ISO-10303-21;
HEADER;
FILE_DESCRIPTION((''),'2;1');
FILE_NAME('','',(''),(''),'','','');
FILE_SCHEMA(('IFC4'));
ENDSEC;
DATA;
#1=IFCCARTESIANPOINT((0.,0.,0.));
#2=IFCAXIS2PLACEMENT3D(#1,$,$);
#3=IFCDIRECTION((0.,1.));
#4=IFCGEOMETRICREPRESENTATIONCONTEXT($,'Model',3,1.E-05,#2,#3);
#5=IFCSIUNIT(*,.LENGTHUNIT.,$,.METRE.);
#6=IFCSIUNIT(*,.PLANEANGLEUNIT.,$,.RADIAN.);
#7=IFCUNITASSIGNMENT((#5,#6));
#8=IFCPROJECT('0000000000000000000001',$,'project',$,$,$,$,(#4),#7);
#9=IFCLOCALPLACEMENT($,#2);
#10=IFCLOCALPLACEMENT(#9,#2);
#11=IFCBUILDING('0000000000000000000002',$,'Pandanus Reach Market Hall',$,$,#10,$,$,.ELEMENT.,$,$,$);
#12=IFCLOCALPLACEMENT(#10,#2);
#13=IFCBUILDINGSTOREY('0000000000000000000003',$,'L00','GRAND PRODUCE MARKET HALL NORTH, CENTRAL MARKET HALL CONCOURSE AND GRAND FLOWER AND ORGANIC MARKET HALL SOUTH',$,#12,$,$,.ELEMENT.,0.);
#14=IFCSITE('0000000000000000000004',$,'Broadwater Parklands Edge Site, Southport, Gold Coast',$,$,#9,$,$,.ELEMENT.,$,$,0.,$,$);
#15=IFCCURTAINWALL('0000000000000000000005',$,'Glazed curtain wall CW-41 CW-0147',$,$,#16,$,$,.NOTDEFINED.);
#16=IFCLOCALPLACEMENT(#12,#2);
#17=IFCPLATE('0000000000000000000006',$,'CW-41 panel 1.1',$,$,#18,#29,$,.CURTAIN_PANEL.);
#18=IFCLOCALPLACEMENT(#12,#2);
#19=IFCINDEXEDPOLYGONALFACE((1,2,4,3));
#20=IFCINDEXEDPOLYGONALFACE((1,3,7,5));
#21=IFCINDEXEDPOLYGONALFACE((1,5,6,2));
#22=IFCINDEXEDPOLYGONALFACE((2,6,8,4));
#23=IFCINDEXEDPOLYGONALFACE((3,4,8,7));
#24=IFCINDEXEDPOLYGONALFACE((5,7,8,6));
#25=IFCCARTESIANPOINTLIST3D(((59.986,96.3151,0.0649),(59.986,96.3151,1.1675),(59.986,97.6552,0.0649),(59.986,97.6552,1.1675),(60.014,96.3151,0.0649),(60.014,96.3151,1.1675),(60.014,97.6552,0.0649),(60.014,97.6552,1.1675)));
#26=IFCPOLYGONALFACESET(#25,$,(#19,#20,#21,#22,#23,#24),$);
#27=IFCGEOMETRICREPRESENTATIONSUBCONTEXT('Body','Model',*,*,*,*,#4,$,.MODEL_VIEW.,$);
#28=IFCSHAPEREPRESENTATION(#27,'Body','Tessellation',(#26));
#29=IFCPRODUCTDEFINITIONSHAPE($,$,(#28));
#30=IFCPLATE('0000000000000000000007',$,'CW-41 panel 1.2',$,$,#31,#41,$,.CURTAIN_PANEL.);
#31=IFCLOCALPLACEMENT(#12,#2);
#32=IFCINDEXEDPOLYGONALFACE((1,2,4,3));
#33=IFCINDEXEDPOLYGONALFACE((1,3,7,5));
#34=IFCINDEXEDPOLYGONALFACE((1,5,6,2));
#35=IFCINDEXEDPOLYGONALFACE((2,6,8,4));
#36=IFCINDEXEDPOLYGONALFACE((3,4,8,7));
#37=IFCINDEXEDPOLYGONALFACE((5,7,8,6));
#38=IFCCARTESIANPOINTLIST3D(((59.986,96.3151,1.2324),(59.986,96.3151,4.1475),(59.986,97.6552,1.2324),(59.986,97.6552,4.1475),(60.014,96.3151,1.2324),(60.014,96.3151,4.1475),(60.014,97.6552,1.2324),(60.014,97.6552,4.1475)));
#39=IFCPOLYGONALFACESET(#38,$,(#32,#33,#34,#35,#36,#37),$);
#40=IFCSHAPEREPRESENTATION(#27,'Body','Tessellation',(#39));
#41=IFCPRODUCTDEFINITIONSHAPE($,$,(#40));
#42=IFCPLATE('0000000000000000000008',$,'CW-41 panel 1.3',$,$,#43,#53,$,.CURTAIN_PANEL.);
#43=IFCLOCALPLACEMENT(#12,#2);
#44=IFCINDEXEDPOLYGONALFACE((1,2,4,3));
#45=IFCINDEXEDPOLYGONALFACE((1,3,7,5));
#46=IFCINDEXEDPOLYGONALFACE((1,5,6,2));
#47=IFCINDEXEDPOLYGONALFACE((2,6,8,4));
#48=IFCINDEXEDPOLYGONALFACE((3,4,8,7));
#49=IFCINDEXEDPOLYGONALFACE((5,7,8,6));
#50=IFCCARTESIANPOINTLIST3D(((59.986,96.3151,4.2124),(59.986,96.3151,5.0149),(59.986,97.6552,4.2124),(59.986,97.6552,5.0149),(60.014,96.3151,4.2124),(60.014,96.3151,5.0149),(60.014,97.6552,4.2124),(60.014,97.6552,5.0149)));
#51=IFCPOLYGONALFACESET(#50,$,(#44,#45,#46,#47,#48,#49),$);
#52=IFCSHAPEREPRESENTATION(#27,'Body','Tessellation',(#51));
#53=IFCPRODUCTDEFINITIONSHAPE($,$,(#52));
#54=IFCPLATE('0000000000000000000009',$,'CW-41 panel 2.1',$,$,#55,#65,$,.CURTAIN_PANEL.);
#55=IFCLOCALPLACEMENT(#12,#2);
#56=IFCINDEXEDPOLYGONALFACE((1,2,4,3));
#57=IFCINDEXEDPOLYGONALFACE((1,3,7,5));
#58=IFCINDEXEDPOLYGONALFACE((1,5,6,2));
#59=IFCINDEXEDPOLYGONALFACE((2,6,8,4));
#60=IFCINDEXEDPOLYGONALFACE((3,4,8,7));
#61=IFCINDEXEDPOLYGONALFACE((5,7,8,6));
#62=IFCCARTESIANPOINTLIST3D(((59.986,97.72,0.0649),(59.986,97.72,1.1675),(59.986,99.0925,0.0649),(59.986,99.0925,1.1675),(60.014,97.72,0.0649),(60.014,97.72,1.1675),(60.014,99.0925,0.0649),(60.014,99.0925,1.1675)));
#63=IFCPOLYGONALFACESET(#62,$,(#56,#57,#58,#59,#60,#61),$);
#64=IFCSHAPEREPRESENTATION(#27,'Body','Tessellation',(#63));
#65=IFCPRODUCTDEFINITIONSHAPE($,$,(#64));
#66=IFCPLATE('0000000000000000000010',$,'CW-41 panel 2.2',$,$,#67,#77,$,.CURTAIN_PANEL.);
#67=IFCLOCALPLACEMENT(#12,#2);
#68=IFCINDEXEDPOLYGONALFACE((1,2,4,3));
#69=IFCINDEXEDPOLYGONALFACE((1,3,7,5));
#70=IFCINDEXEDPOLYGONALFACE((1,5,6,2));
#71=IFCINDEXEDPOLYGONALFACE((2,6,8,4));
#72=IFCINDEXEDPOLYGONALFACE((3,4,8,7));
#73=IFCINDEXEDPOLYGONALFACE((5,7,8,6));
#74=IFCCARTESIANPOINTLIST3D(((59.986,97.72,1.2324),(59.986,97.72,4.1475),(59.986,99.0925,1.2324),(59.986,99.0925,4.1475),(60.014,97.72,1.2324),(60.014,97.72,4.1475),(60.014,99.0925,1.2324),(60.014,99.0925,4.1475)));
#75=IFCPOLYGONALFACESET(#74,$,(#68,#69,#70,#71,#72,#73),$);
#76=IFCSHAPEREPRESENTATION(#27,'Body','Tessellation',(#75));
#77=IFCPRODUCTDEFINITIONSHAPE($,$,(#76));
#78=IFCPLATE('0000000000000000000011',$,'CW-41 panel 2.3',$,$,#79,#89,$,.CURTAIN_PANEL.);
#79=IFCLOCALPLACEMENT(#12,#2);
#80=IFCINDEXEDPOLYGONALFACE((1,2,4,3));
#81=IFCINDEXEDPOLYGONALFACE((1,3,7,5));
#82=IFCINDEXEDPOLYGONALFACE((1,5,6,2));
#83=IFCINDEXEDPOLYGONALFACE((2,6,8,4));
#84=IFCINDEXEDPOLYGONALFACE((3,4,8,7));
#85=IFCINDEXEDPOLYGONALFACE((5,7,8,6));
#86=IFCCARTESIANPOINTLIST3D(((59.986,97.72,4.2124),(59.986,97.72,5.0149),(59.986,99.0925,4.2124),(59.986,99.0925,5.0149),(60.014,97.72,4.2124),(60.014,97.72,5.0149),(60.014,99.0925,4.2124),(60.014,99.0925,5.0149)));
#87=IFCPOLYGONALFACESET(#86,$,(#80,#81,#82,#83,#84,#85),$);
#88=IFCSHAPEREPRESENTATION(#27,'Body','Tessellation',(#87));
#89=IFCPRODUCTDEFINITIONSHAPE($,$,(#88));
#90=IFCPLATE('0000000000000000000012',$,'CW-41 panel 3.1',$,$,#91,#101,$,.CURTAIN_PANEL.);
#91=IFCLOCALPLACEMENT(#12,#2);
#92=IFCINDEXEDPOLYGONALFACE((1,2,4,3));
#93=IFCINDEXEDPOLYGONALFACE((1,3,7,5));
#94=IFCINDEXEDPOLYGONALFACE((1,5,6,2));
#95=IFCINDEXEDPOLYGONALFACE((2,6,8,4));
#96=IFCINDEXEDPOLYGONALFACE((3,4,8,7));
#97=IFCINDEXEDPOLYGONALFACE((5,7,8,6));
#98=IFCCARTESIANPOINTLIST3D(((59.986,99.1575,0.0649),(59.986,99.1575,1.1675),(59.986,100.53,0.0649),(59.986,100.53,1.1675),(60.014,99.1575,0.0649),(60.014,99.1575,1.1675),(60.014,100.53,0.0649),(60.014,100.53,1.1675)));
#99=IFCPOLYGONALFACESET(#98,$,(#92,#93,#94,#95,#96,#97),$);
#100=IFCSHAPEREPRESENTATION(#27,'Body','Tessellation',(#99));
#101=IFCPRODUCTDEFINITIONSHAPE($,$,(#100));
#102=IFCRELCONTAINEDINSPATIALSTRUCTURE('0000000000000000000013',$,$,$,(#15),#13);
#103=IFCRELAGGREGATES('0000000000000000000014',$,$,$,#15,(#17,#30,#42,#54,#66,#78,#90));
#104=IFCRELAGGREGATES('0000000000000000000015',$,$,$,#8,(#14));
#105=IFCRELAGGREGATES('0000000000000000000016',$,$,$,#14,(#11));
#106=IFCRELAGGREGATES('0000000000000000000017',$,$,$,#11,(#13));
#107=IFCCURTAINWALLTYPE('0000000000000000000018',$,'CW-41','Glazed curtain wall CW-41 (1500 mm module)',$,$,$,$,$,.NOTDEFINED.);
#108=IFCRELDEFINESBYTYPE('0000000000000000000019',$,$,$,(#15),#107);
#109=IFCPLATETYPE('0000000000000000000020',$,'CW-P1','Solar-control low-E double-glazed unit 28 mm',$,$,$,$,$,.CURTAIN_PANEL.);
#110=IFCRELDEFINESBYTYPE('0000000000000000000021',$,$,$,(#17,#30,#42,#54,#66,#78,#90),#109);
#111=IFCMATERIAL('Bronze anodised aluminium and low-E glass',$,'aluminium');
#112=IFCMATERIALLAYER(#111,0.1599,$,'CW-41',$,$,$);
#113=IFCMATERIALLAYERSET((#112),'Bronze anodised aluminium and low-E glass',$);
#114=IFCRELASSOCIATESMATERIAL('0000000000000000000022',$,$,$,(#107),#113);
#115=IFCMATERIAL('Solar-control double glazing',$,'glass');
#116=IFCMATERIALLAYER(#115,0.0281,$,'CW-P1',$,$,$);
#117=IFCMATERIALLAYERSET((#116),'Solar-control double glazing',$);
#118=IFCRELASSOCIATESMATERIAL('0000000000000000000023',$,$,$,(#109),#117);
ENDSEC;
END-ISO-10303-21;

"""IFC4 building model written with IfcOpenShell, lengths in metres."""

from ifc_helpers import new_model, si_unit, direction, frame, origin, origin_2d, place, context, subcontext, project, spatial, rectangle, extrude, material, layer, layer_set, type_object, element, aggregate, save


model = new_model("IFC4")

# Units and contexts
model_context = context("Model", 3, precision=1e-05, world=origin(), true_north=direction((0.0, 1.0)))
body_context = subcontext(model_context, "Body", "Model", "MODEL_VIEW")
ifc_project = project(units=[si_unit("LENGTHUNIT", "METRE"), si_unit("PLANEANGLEUNIT", "RADIAN")], contexts=[model_context])

# Site, building, storey
site_placement = place(None, origin())
site = spatial("IfcSite", under=ifc_project, at=site_placement, Name="Broadwater Parklands Edge Site, Southport, Gold Coast", CompositionType="ELEMENT", RefElevation=0.0)
building_placement = place(site_placement, origin())
building = spatial("IfcBuilding", under=site, at=building_placement, Name="Pandanus Reach Market Hall", CompositionType="ELEMENT")
storey_placement = place(building_placement, origin())
storey = spatial("IfcBuildingStorey", under=building, at=storey_placement, Name="L00", Description="GRAND PRODUCE MARKET HALL NORTH, CENTRAL MARKET HALL CONCOURSE AND GRAND FLOWER AND ORGANIC MARKET HALL SOUTH", CompositionType="ELEMENT", Elevation=0.0)

# Curtain wall, plates
ifc_material_1 = material(Name="Bronze anodised aluminium and low-E glass", Category="aluminium")
ifc_layer_1 = layer(ifc_material_1, 0.1599, Name="CW-41")
ifc_layer_set_1 = layer_set([ifc_layer_1], Name="Bronze anodised aluminium and low-E glass")
curtain_wall_type = type_object("IfcCurtainWallType", Name="CW-41", Description="Glazed curtain wall CW-41 (1500 mm module)", PredefinedType="NOTDEFINED", material=ifc_layer_set_1)
curtain_wall_placement = place(storey_placement, origin())
curtain_wall = element("IfcCurtainWall", 1, at=curtain_wall_placement, inside=storey, type_object=curtain_wall_type, Name="Glazed curtain wall CW-41 CW-0147", PredefinedType="NOTDEFINED")
ifc_material_2 = material(Name="Solar-control double glazing", Category="glass")
ifc_layer_2 = layer(ifc_material_2, 0.0281, Name="CW-P1")
ifc_layer_set_2 = layer_set([ifc_layer_2], Name="Solar-control double glazing")
plate_type = type_object("IfcPlateType", Name="CW-P1", Description="Solar-control low-E double-glazed unit 28 mm", PredefinedType="CURTAIN_PANEL", material=ifc_layer_set_2)
plate_1_placement = place(storey_placement, frame((60.0, 96.9851, 0.0649), z_axis=(0.0, 0.0, 1.0), x_axis=(0.0, 1.0, 0.0)))
plate_1 = element("IfcPlate", 2, at=plate_1_placement, type_object=plate_type, Name="CW-41 panel 1.1", PredefinedType="CURTAIN_PANEL", context=body_context, shape_type="SweptSolid", body=[
    extrude(rectangle(XDim=1.3401, YDim=0.0281, at=origin_2d()), origin(), (0.0, 0.0, 1.0), 1.1025),
])
plate_2_placement = place(storey_placement, frame((60.0, 96.9851, 1.2324), z_axis=(0.0, 0.0, 1.0), x_axis=(0.0, 1.0, 0.0)))
plate_2 = element("IfcPlate", 3, at=plate_2_placement, type_object=plate_type, Name="CW-41 panel 1.2", PredefinedType="CURTAIN_PANEL", context=body_context, shape_type="SweptSolid", body=[
    extrude(rectangle(XDim=1.3401, YDim=0.0281, at=origin_2d()), origin(), (0.0, 0.0, 1.0), 2.915),
])
plate_3_placement = place(storey_placement, frame((60.0, 96.9851, 4.2124), z_axis=(0.0, 0.0, 1.0), x_axis=(0.0, 1.0, 0.0)))
plate_3 = element("IfcPlate", 4, at=plate_3_placement, type_object=plate_type, Name="CW-41 panel 1.3", PredefinedType="CURTAIN_PANEL", context=body_context, shape_type="SweptSolid", body=[
    extrude(rectangle(XDim=1.3401, YDim=0.0281, at=origin_2d()), origin(), (0.0, 0.0, 1.0), 0.8025),
])
plate_4_placement = place(storey_placement, frame((60.0, 98.4062, 0.0649), z_axis=(0.0, 0.0, 1.0), x_axis=(0.0, 1.0, 0.0)))
plate_4 = element("IfcPlate", 5, at=plate_4_placement, type_object=plate_type, Name="CW-41 panel 2.1", PredefinedType="CURTAIN_PANEL", context=body_context, shape_type="SweptSolid", body=[
    extrude(rectangle(XDim=1.3726, YDim=0.0281, at=origin_2d()), origin(), (0.0, 0.0, 1.0), 1.1025),
])
plate_5_placement = place(storey_placement, frame((60.0, 98.4062, 1.2324), z_axis=(0.0, 0.0, 1.0), x_axis=(0.0, 1.0, 0.0)))
plate_5 = element("IfcPlate", 6, at=plate_5_placement, type_object=plate_type, Name="CW-41 panel 2.2", PredefinedType="CURTAIN_PANEL", context=body_context, shape_type="SweptSolid", body=[
    extrude(rectangle(XDim=1.3726, YDim=0.0281, at=origin_2d()), origin(), (0.0, 0.0, 1.0), 2.915),
])
plate_6_placement = place(storey_placement, frame((60.0, 98.4062, 4.2124), z_axis=(0.0, 0.0, 1.0), x_axis=(0.0, 1.0, 0.0)))
plate_6 = element("IfcPlate", 7, at=plate_6_placement, type_object=plate_type, Name="CW-41 panel 2.3", PredefinedType="CURTAIN_PANEL", context=body_context, shape_type="SweptSolid", body=[
    extrude(rectangle(XDim=1.3726, YDim=0.0281, at=origin_2d()), origin(), (0.0, 0.0, 1.0), 0.8025),
])
plate_7_placement = place(storey_placement, frame((60.0, 99.8438, 0.0649), z_axis=(0.0, 0.0, 1.0), x_axis=(0.0, 1.0, 0.0)))
plate_7 = element("IfcPlate", 8, at=plate_7_placement, type_object=plate_type, Name="CW-41 panel 3.1", PredefinedType="CURTAIN_PANEL", context=body_context, shape_type="SweptSolid", body=[
    extrude(rectangle(XDim=1.3726, YDim=0.0281, at=origin_2d()), origin(), (0.0, 0.0, 1.0), 1.1025),
])
aggregate(curtain_wall, [plate_1, plate_2, plate_3, plate_4, plate_5, plate_6, plate_7])

save(model, "model.ifc")
